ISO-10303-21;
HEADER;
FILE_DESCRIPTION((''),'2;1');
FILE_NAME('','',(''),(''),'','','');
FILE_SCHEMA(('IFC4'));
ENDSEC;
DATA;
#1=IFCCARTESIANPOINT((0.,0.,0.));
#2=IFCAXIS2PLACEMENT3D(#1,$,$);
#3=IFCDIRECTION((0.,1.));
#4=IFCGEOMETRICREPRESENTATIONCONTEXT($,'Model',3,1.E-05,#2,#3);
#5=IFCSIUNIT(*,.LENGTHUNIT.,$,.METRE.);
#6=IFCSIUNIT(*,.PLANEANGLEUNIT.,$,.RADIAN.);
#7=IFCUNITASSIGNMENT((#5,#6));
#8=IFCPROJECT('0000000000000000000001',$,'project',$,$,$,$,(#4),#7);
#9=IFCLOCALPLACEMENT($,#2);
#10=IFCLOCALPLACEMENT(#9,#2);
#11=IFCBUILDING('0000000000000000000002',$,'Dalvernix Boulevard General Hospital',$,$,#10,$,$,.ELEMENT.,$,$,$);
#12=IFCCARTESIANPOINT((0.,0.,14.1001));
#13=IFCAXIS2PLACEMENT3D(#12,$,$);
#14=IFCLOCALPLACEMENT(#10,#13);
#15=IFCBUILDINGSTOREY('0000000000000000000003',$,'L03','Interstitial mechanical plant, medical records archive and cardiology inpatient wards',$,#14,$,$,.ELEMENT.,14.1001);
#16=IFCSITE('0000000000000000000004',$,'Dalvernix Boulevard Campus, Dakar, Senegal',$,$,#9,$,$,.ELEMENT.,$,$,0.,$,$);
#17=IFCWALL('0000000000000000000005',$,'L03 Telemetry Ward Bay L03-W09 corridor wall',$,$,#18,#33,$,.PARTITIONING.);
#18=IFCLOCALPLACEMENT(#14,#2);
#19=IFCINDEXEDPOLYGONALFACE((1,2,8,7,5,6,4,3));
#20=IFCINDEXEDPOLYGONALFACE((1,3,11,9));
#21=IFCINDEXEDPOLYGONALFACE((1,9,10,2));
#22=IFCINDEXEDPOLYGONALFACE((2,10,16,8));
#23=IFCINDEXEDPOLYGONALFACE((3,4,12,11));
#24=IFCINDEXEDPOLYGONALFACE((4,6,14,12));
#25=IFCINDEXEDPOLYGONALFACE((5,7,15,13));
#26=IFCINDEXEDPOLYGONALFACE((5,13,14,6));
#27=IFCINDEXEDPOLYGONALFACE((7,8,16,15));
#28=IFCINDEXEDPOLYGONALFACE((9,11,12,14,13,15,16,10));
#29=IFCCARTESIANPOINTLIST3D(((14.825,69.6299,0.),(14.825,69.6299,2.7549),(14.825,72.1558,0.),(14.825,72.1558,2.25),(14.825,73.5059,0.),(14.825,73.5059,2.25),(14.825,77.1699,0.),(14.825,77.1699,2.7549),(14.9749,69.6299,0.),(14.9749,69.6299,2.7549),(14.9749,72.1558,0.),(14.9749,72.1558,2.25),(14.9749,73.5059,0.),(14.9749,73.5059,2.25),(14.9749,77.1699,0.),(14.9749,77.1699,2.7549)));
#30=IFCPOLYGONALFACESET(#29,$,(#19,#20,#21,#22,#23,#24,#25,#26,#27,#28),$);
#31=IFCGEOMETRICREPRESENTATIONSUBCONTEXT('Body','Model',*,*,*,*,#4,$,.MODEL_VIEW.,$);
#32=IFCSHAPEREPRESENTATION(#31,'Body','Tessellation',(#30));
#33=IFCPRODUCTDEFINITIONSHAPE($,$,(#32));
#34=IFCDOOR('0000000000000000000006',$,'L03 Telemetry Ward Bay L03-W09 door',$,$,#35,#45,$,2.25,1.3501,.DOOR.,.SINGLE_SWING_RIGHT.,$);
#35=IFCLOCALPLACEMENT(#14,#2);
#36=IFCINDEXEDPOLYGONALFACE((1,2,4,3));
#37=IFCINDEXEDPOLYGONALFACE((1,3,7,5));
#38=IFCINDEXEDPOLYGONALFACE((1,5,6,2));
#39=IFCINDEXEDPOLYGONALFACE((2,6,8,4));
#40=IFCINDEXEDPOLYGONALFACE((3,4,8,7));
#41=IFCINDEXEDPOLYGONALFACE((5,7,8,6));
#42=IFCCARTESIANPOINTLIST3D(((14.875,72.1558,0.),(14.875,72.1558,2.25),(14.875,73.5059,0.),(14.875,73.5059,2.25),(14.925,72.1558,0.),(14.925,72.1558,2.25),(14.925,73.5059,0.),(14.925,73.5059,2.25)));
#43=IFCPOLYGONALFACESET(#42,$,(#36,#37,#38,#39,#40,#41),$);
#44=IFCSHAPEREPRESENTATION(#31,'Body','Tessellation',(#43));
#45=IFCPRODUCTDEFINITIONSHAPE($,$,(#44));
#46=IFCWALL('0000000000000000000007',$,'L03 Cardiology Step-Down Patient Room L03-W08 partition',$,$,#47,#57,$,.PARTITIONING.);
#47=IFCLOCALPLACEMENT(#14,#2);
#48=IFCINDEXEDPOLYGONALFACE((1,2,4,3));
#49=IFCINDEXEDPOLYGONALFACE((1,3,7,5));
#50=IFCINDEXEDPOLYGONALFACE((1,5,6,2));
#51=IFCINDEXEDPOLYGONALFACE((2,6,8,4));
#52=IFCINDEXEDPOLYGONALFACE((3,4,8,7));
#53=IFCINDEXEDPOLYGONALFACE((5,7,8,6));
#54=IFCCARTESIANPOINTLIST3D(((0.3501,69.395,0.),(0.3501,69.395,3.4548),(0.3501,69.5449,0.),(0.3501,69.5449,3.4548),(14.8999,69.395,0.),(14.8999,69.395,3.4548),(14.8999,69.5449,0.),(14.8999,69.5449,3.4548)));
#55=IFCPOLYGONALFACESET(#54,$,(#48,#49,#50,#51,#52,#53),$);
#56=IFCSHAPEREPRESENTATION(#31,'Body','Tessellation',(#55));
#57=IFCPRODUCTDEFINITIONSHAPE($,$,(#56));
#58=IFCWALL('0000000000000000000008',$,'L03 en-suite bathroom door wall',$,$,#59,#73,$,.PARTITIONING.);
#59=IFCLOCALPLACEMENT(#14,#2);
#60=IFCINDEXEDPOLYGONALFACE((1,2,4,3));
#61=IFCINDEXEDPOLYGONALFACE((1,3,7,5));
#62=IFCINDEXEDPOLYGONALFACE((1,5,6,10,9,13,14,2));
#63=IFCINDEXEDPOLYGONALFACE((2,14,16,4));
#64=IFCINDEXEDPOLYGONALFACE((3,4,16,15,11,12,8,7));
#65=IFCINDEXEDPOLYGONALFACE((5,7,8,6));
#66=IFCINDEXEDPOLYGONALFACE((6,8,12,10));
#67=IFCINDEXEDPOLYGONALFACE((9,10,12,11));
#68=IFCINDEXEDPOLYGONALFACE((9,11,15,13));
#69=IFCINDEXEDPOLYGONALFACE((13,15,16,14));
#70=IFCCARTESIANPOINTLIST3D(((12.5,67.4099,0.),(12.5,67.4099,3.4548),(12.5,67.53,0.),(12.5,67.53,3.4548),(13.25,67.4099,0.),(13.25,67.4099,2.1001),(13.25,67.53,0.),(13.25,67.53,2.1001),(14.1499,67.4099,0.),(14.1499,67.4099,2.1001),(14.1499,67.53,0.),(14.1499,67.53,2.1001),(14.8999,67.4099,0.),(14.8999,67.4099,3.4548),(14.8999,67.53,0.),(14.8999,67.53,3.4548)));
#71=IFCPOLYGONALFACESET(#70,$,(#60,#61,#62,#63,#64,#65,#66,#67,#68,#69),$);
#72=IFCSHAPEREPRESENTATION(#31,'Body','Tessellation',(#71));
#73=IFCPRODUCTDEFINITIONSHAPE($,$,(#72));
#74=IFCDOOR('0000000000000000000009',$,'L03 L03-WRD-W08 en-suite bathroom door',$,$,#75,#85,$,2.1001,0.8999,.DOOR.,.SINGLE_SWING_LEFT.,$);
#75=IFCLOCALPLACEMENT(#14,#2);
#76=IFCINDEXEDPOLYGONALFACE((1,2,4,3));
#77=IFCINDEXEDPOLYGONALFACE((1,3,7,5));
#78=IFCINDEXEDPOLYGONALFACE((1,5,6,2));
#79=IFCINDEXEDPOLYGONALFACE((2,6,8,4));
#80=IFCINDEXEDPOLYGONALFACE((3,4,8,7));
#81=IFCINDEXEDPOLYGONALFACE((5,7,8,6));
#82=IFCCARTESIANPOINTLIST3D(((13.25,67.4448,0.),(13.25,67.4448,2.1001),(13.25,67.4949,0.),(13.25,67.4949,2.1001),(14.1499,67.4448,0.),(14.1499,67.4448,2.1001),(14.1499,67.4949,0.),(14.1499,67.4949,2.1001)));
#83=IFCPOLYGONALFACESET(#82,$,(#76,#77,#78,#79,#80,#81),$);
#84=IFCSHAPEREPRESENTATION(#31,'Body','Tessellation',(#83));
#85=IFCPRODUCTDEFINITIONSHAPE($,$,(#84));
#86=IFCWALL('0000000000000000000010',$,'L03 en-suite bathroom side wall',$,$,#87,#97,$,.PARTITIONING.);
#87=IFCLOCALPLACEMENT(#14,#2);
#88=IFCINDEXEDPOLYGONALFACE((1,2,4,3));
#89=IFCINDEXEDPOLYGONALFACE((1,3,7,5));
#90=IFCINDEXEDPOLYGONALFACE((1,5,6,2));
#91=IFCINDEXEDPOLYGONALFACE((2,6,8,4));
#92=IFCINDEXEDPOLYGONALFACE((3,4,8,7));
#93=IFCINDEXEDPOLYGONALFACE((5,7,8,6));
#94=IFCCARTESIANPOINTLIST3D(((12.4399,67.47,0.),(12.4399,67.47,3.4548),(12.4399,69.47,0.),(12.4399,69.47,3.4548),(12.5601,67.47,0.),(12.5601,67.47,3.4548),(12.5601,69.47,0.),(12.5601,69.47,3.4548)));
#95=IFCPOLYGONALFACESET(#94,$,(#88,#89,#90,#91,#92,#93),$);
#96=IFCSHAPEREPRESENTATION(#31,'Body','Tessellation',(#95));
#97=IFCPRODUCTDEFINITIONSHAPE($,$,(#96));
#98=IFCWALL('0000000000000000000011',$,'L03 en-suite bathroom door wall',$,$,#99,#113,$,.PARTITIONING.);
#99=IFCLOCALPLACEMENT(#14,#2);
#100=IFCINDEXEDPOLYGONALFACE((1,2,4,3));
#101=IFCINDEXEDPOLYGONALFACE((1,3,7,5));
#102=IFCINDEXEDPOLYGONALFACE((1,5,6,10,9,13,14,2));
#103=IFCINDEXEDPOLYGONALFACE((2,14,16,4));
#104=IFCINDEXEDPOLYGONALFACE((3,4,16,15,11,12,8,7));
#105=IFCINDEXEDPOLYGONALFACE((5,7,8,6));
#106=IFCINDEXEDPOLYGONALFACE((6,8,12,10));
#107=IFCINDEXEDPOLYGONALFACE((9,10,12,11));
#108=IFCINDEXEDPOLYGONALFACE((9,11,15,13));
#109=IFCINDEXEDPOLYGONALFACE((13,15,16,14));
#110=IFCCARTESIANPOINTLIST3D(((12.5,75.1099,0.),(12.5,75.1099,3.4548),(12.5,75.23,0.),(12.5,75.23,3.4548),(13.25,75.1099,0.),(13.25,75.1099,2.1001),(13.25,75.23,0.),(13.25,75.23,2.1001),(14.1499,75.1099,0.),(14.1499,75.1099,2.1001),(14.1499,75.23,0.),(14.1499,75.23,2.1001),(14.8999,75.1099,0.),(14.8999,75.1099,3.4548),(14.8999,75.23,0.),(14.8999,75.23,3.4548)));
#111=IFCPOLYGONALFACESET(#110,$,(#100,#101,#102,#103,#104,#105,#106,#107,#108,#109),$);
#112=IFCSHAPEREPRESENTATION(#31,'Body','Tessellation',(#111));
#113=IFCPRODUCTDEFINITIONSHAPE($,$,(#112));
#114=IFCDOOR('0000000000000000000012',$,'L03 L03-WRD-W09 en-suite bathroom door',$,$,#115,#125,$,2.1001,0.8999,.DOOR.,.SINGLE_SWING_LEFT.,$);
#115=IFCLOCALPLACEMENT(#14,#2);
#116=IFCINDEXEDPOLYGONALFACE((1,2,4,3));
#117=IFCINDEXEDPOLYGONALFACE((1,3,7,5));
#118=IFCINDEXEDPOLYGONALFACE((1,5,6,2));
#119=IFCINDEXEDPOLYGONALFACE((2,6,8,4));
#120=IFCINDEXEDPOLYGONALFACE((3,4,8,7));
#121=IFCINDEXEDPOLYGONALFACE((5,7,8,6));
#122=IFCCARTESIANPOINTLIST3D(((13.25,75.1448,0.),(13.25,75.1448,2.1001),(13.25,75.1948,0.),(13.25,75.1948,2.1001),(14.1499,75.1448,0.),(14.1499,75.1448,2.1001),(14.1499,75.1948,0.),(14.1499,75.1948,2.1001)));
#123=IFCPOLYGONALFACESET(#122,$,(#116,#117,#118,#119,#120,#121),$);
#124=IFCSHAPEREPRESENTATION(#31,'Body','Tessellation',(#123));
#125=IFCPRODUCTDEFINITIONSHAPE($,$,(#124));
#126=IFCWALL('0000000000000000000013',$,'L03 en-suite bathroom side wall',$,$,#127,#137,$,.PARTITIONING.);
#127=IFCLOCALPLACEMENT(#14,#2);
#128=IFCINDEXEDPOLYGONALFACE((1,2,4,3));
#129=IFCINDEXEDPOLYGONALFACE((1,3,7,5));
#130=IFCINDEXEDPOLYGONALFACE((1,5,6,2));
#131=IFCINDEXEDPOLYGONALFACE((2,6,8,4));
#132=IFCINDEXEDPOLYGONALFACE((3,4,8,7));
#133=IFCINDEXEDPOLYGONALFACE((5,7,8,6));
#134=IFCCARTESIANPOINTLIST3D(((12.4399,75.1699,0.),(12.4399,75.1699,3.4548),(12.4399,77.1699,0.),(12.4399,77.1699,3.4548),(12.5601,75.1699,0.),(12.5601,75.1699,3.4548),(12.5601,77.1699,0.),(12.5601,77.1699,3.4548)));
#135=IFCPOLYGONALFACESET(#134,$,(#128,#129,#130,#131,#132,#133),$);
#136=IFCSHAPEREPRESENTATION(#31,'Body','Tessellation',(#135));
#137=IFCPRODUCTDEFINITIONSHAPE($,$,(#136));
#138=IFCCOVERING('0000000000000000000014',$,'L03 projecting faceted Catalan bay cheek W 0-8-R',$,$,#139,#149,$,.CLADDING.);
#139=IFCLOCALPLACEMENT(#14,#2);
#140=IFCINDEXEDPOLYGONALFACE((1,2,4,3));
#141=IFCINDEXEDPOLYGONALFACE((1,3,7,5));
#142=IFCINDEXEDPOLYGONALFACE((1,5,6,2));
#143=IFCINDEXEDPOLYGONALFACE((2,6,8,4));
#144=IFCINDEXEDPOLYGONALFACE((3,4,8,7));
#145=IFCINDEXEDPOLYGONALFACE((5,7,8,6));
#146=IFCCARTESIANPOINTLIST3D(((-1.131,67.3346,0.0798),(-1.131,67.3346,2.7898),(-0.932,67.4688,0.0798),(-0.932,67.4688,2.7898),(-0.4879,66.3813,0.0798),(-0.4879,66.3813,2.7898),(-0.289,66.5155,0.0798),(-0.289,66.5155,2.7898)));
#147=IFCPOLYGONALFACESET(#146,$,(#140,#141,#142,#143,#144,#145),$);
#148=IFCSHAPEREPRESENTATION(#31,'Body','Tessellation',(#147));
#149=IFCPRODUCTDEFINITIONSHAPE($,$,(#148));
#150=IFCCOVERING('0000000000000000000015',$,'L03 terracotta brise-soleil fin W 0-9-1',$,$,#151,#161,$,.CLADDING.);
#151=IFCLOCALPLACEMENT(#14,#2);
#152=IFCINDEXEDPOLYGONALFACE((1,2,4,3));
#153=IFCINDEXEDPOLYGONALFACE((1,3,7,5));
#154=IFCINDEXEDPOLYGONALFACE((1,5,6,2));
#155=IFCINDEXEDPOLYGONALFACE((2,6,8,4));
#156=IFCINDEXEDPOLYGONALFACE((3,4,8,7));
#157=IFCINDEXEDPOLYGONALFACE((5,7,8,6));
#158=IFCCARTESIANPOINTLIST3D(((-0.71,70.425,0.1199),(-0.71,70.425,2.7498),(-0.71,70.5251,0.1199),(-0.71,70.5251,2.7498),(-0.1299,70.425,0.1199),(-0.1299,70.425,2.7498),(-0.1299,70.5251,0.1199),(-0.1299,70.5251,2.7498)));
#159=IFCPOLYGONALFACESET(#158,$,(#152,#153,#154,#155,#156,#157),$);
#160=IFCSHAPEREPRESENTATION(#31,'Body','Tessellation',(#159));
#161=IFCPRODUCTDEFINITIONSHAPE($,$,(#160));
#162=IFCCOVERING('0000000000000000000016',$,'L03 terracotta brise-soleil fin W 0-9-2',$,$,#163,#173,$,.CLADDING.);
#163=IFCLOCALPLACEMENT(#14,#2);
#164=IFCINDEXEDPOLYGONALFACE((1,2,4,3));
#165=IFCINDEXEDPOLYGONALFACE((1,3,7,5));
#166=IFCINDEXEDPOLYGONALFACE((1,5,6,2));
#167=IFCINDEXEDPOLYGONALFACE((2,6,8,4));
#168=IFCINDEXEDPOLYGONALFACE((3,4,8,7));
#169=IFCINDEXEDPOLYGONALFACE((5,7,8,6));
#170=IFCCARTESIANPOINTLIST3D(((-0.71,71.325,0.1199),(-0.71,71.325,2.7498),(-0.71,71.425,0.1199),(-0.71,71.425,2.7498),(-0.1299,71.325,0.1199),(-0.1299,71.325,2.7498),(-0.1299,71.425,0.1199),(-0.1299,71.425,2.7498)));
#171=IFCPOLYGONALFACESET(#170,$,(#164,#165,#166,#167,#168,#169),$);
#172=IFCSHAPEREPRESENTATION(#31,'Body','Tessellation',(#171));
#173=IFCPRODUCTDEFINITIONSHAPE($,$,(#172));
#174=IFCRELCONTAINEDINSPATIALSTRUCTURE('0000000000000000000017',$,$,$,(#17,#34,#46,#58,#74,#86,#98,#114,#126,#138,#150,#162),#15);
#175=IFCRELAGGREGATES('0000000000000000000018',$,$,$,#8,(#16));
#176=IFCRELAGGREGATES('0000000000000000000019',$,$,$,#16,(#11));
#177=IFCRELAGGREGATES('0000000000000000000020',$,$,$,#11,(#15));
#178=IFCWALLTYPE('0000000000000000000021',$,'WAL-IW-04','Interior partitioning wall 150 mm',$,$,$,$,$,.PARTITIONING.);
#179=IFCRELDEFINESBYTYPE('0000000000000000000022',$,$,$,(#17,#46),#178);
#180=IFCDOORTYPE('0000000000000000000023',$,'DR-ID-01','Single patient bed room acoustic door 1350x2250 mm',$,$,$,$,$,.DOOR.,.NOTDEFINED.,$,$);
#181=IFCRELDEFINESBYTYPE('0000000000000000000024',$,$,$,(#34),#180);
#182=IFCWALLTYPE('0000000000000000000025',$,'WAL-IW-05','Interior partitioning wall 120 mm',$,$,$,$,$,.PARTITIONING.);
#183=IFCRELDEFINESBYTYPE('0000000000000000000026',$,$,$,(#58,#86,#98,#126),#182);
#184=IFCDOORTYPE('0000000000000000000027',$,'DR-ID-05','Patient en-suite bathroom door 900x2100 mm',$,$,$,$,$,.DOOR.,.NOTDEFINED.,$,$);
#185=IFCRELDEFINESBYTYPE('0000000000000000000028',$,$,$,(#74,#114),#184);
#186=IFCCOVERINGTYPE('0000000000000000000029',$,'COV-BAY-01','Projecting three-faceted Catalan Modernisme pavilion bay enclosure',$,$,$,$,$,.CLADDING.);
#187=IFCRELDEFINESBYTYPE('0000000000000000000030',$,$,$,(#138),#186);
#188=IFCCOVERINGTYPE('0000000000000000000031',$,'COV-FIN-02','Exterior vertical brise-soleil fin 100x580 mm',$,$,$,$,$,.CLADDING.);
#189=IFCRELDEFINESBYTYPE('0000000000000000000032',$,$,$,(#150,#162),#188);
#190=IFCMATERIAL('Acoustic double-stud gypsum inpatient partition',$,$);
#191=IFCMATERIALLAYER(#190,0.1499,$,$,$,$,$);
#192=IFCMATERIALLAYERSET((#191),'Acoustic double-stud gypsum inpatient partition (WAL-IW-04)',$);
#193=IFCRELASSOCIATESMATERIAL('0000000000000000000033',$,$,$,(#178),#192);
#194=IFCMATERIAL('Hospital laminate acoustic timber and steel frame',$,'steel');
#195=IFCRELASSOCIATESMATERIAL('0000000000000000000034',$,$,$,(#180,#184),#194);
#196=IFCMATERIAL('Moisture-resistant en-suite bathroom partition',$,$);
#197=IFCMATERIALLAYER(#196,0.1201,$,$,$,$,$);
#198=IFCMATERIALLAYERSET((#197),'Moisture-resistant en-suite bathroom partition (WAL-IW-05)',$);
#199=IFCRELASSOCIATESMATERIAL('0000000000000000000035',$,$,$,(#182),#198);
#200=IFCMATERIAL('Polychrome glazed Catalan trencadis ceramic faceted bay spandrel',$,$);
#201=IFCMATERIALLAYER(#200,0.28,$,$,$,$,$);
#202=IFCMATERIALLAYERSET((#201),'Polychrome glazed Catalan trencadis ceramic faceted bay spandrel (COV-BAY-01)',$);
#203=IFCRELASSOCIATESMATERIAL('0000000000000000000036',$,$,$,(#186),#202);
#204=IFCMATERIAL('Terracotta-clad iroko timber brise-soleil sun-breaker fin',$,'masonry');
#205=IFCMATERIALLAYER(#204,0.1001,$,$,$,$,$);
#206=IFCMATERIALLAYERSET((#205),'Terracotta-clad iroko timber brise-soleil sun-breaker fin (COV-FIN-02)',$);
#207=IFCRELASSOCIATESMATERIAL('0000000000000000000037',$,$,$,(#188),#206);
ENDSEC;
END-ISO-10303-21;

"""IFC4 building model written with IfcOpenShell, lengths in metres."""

from ifc_helpers import new_model, si_unit, direction, frame, frame_2d, origin, origin_2d, place, context, subcontext, project, spatial, rectangle, extrude, material, layer, layer_set, type_object, element, fill, save


model = new_model("IFC4")

# Units and contexts
model_context = context("Model", 3, precision=1e-05, world=origin(), true_north=direction((0.0, 1.0)))
body_context = subcontext(model_context, "Body", "Model", "MODEL_VIEW")
ifc_project = project(units=[si_unit("LENGTHUNIT", "METRE"), si_unit("PLANEANGLEUNIT", "RADIAN")], contexts=[model_context])

# Site, building, storey
site_placement = place(None, origin())
site = spatial("IfcSite", under=ifc_project, at=site_placement, Name="Dalvernix Boulevard Campus, Dakar, Senegal", CompositionType="ELEMENT", RefElevation=0.0)
building_placement = place(site_placement, origin())
building = spatial("IfcBuilding", under=site, at=building_placement, Name="Dalvernix Boulevard General Hospital", CompositionType="ELEMENT")
storey_placement = place(building_placement, frame((0.0, 0.0, 14.1001)))
storey = spatial("IfcBuildingStorey", under=building, at=storey_placement, Name="L03", Description="Interstitial mechanical plant, medical records archive and cardiology inpatient wards", CompositionType="ELEMENT", Elevation=14.1001)

# Wall, opening, door
ifc_material_1 = material(Name="Acoustic double-stud gypsum inpatient partition")
ifc_layer_1 = layer(ifc_material_1, 0.1499)
ifc_layer_set_1 = layer_set([ifc_layer_1], Name="Acoustic double-stud gypsum inpatient partition (WAL-IW-04)")
wall_type_1 = type_object("IfcWallType", Name="WAL-IW-04", Description="Interior partitioning wall 150 mm", PredefinedType="PARTITIONING", material=ifc_layer_set_1)
wall_1_placement = place(storey_placement, frame((14.8999, 69.6299, 0.0), z_axis=(0.0, 0.0, 1.0), x_axis=(0.0, 1.0, 0.0)))
wall_1 = element("IfcWall", 1, at=wall_1_placement, inside=storey, type_object=wall_type_1, Name="L03 Telemetry Ward Bay L03-W09 corridor wall", PredefinedType="PARTITIONING", context=body_context, shape_type="SweptSolid", body=[
    extrude(rectangle(XDim=7.54, YDim=0.1499, at=frame_2d((3.77, 0.0))), origin(), (0.0, 0.0, 1.0), 2.7549),
])
opening_1_placement = place(wall_1_placement, frame((2.5259, 0.0, 0.0)))
opening_1 = element("IfcOpeningElement", 2, at=opening_1_placement, cuts=wall_1, PredefinedType="OPENING", context=body_context, shape_type="SweptSolid", body=[
    extrude(rectangle(XDim=1.3501, YDim=2.25, at=frame_2d((0.675, 1.125))), frame((0.0, 0.085, 0.0), z_axis=(0.0, -1.0, 0.0), x_axis=(1.0, 0.0, 0.0)), (0.0, 0.0, 1.0), 0.1699),
])
ifc_material_2 = material(Name="Hospital laminate acoustic timber and steel frame", Category="steel")
door_type_1 = type_object("IfcDoorType", Name="DR-ID-01", Description="Single patient bed room acoustic door 1350x2250 mm", OperationType="NOTDEFINED", PredefinedType="DOOR", material=ifc_material_2)
door_1_placement = place(opening_1_placement, origin())
door_1 = element("IfcDoor", 3, at=door_1_placement, inside=storey, type_object=door_type_1, Name="L03 Telemetry Ward Bay L03-W09 door", OperationType="SINGLE_SWING_RIGHT", OverallHeight=2.25, OverallWidth=1.3501, PredefinedType="DOOR", context=body_context, shape_type="SweptSolid", body=[
    extrude(rectangle(XDim=1.3501, YDim=2.25, at=frame_2d((0.675, 1.125))), frame((0.0, 0.0249, 0.0), z_axis=(0.0, -1.0, 0.0), x_axis=(1.0, 0.0, 0.0)), (0.0, 0.0, 1.0), 0.05),
])
fill(opening_1, door_1)

# Wall
wall_2_placement = place(storey_placement, frame((0.3501, 69.47, 0.0), z_axis=(0.0, 0.0, 1.0), x_axis=(1.0, 0.0, 0.0)))
element("IfcWall", 4, at=wall_2_placement, inside=storey, type_object=wall_type_1, Name="L03 Cardiology Step-Down Patient Room L03-W08 partition", PredefinedType="PARTITIONING", context=body_context, shape_type="SweptSolid", body=[
    extrude(rectangle(XDim=14.5498, YDim=0.1499, at=frame_2d((7.2749, 0.0))), origin(), (0.0, 0.0, 1.0), 3.4548),
])

# Wall, opening, door
ifc_material_3 = material(Name="Moisture-resistant en-suite bathroom partition")
ifc_layer_2 = layer(ifc_material_3, 0.1201)
ifc_layer_set_2 = layer_set([ifc_layer_2], Name="Moisture-resistant en-suite bathroom partition (WAL-IW-05)")
wall_type_2 = type_object("IfcWallType", Name="WAL-IW-05", Description="Interior partitioning wall 120 mm", PredefinedType="PARTITIONING", material=ifc_layer_set_2)
wall_3_placement = place(storey_placement, frame((12.5, 67.47, 0.0), z_axis=(0.0, 0.0, 1.0), x_axis=(1.0, 0.0, 0.0)))
wall_3 = element("IfcWall", 5, at=wall_3_placement, inside=storey, type_object=wall_type_2, Name="L03 en-suite bathroom door wall", PredefinedType="PARTITIONING", context=body_context, shape_type="SweptSolid", body=[
    extrude(rectangle(XDim=2.3999, YDim=0.1201, at=frame_2d((1.2, 0.0))), origin(), (0.0, 0.0, 1.0), 3.4548),
])
opening_2_placement = place(wall_3_placement, frame((0.75, 0.0, 0.0)))
opening_2 = element("IfcOpeningElement", 6, at=opening_2_placement, cuts=wall_3, PredefinedType="OPENING", context=body_context, shape_type="SweptSolid", body=[
    extrude(rectangle(XDim=0.8999, YDim=2.1001, at=frame_2d((0.45, 1.05))), frame((0.0, 0.0701, 0.0), z_axis=(0.0, -1.0, 0.0), x_axis=(1.0, 0.0, 0.0)), (0.0, 0.0, 1.0), 0.1401),
])
door_type_2 = type_object("IfcDoorType", Name="DR-ID-05", Description="Patient en-suite bathroom door 900x2100 mm", OperationType="NOTDEFINED", PredefinedType="DOOR", material=ifc_material_2)
door_2_placement = place(opening_2_placement, origin())
door_2 = element("IfcDoor", 7, at=door_2_placement, inside=storey, type_object=door_type_2, Name="L03 L03-WRD-W08 en-suite bathroom door", OperationType="SINGLE_SWING_LEFT", OverallHeight=2.1001, OverallWidth=0.8999, PredefinedType="DOOR", context=body_context, shape_type="SweptSolid", body=[
    extrude(rectangle(XDim=0.8999, YDim=2.1001, at=frame_2d((0.45, 1.05))), frame((0.0, 0.0249, 0.0), z_axis=(0.0, -1.0, 0.0), x_axis=(1.0, 0.0, 0.0)), (0.0, 0.0, 1.0), 0.05),
])
fill(opening_2, door_2)

# Wall
wall_4_placement = place(storey_placement, frame((12.5, 67.47, 0.0), z_axis=(0.0, 0.0, 1.0), x_axis=(0.0, 1.0, 0.0)))
element("IfcWall", 8, at=wall_4_placement, inside=storey, type_object=wall_type_2, Name="L03 en-suite bathroom side wall", PredefinedType="PARTITIONING", context=body_context, shape_type="SweptSolid", body=[
    extrude(rectangle(XDim=2.0, YDim=0.1201, at=frame_2d((1.0, 0.0))), origin(), (0.0, 0.0, 1.0), 3.4548),
])

# Wall, opening, door
wall_5_placement = place(storey_placement, frame((12.5, 75.1699, 0.0), z_axis=(0.0, 0.0, 1.0), x_axis=(1.0, 0.0, 0.0)))
wall_5 = element("IfcWall", 9, at=wall_5_placement, inside=storey, type_object=wall_type_2, Name="L03 en-suite bathroom door wall", PredefinedType="PARTITIONING", context=body_context, shape_type="SweptSolid", body=[
    extrude(rectangle(XDim=2.3999, YDim=0.1201, at=frame_2d((1.2, 0.0))), origin(), (0.0, 0.0, 1.0), 3.4548),
])
opening_3_placement = place(wall_5_placement, frame((0.75, 0.0, 0.0)))
opening_3 = element("IfcOpeningElement", 10, at=opening_3_placement, cuts=wall_5, PredefinedType="OPENING", context=body_context, shape_type="SweptSolid", body=[
    extrude(rectangle(XDim=0.8999, YDim=2.1001, at=frame_2d((0.45, 1.05))), frame((0.0, 0.0701, 0.0), z_axis=(0.0, -1.0, 0.0), x_axis=(1.0, 0.0, 0.0)), (0.0, 0.0, 1.0), 0.1401),
])
door_3_placement = place(opening_3_placement, origin())
door_3 = element("IfcDoor", 11, at=door_3_placement, inside=storey, type_object=door_type_2, Name="L03 L03-WRD-W09 en-suite bathroom door", OperationType="SINGLE_SWING_LEFT", OverallHeight=2.1001, OverallWidth=0.8999, PredefinedType="DOOR", context=body_context, shape_type="SweptSolid", body=[
    extrude(rectangle(XDim=0.8999, YDim=2.1001, at=frame_2d((0.45, 1.05))), frame((0.0, 0.0249, 0.0), z_axis=(0.0, -1.0, 0.0), x_axis=(1.0, 0.0, 0.0)), (0.0, 0.0, 1.0), 0.05),
])
fill(opening_3, door_3)

# Wall
wall_6_placement = place(storey_placement, frame((12.5, 75.1699, 0.0), z_axis=(0.0, 0.0, 1.0), x_axis=(0.0, 1.0, 0.0)))
element("IfcWall", 12, at=wall_6_placement, inside=storey, type_object=wall_type_2, Name="L03 en-suite bathroom side wall", PredefinedType="PARTITIONING", context=body_context, shape_type="SweptSolid", body=[
    extrude(rectangle(XDim=2.0, YDim=0.1201, at=frame_2d((1.0, 0.0))), origin(), (0.0, 0.0, 1.0), 3.4548),
])

# Coverings
ifc_material_4 = material(Name="Polychrome glazed Catalan trencadis ceramic faceted bay spandrel")
ifc_layer_3 = layer(ifc_material_4, 0.28)
ifc_layer_set_3 = layer_set([ifc_layer_3], Name="Polychrome glazed Catalan trencadis ceramic faceted bay spandrel (COV-BAY-01)")
covering_type_1 = type_object("IfcCoveringType", Name="COV-BAY-01", Description="Projecting three-faceted Catalan Modernisme pavilion bay enclosure", PredefinedType="CLADDING", material=ifc_layer_set_3)
covering_placement = place(storey_placement, frame((-0.71, 66.925, 0.0798), z_axis=(0.0, 0.0, 1.0), x_axis=(-0.559193, 0.829038, 0.0)))
element("IfcCovering", 13, at=covering_placement, inside=storey, type_object=covering_type_1, Name="L03 projecting faceted Catalan bay cheek W 0-8-R", PredefinedType="CLADDING", context=body_context, shape_type="SweptSolid", body=[
    extrude(rectangle(XDim=1.1499, YDim=0.24, at=origin_2d()), origin(), (0.0, 0.0, 1.0), 2.71),
])
ifc_material_5 = material(Name="Terracotta-clad iroko timber brise-soleil sun-breaker fin", Category="masonry")
ifc_layer_4 = layer(ifc_material_5, 0.1001)
ifc_layer_set_4 = layer_set([ifc_layer_4], Name="Terracotta-clad iroko timber brise-soleil sun-breaker fin (COV-FIN-02)")
covering_type_2 = type_object("IfcCoveringType", Name="COV-FIN-02", Description="Exterior vertical brise-soleil fin 100x580 mm", PredefinedType="CLADDING", material=ifc_layer_set_4)
for number, where, z_axis, x_axis, name in (
    (14, (-0.4199, 70.4751, 0.1199), (0.0, 0.0, 1.0), (0.0, 1.0, 0.0), "L03 terracotta brise-soleil fin W 0-9-1"),
    (15, (-0.4199, 71.375, 0.1199), (0.0, 0.0, 1.0), (0.0, 1.0, 0.0), "L03 terracotta brise-soleil fin W 0-9-2"),
):
    element("IfcCovering", number, at=place(storey_placement, frame(where, z_axis=z_axis, x_axis=x_axis)), inside=storey, type_object=covering_type_2, Name=name, PredefinedType="CLADDING", context=body_context, shape_type="SweptSolid", body=[
        extrude(rectangle(XDim=0.1001, YDim=0.5801, at=origin_2d()), origin(), (0.0, 0.0, 1.0), 2.6299),
    ])

save(model, "model.ifc")
